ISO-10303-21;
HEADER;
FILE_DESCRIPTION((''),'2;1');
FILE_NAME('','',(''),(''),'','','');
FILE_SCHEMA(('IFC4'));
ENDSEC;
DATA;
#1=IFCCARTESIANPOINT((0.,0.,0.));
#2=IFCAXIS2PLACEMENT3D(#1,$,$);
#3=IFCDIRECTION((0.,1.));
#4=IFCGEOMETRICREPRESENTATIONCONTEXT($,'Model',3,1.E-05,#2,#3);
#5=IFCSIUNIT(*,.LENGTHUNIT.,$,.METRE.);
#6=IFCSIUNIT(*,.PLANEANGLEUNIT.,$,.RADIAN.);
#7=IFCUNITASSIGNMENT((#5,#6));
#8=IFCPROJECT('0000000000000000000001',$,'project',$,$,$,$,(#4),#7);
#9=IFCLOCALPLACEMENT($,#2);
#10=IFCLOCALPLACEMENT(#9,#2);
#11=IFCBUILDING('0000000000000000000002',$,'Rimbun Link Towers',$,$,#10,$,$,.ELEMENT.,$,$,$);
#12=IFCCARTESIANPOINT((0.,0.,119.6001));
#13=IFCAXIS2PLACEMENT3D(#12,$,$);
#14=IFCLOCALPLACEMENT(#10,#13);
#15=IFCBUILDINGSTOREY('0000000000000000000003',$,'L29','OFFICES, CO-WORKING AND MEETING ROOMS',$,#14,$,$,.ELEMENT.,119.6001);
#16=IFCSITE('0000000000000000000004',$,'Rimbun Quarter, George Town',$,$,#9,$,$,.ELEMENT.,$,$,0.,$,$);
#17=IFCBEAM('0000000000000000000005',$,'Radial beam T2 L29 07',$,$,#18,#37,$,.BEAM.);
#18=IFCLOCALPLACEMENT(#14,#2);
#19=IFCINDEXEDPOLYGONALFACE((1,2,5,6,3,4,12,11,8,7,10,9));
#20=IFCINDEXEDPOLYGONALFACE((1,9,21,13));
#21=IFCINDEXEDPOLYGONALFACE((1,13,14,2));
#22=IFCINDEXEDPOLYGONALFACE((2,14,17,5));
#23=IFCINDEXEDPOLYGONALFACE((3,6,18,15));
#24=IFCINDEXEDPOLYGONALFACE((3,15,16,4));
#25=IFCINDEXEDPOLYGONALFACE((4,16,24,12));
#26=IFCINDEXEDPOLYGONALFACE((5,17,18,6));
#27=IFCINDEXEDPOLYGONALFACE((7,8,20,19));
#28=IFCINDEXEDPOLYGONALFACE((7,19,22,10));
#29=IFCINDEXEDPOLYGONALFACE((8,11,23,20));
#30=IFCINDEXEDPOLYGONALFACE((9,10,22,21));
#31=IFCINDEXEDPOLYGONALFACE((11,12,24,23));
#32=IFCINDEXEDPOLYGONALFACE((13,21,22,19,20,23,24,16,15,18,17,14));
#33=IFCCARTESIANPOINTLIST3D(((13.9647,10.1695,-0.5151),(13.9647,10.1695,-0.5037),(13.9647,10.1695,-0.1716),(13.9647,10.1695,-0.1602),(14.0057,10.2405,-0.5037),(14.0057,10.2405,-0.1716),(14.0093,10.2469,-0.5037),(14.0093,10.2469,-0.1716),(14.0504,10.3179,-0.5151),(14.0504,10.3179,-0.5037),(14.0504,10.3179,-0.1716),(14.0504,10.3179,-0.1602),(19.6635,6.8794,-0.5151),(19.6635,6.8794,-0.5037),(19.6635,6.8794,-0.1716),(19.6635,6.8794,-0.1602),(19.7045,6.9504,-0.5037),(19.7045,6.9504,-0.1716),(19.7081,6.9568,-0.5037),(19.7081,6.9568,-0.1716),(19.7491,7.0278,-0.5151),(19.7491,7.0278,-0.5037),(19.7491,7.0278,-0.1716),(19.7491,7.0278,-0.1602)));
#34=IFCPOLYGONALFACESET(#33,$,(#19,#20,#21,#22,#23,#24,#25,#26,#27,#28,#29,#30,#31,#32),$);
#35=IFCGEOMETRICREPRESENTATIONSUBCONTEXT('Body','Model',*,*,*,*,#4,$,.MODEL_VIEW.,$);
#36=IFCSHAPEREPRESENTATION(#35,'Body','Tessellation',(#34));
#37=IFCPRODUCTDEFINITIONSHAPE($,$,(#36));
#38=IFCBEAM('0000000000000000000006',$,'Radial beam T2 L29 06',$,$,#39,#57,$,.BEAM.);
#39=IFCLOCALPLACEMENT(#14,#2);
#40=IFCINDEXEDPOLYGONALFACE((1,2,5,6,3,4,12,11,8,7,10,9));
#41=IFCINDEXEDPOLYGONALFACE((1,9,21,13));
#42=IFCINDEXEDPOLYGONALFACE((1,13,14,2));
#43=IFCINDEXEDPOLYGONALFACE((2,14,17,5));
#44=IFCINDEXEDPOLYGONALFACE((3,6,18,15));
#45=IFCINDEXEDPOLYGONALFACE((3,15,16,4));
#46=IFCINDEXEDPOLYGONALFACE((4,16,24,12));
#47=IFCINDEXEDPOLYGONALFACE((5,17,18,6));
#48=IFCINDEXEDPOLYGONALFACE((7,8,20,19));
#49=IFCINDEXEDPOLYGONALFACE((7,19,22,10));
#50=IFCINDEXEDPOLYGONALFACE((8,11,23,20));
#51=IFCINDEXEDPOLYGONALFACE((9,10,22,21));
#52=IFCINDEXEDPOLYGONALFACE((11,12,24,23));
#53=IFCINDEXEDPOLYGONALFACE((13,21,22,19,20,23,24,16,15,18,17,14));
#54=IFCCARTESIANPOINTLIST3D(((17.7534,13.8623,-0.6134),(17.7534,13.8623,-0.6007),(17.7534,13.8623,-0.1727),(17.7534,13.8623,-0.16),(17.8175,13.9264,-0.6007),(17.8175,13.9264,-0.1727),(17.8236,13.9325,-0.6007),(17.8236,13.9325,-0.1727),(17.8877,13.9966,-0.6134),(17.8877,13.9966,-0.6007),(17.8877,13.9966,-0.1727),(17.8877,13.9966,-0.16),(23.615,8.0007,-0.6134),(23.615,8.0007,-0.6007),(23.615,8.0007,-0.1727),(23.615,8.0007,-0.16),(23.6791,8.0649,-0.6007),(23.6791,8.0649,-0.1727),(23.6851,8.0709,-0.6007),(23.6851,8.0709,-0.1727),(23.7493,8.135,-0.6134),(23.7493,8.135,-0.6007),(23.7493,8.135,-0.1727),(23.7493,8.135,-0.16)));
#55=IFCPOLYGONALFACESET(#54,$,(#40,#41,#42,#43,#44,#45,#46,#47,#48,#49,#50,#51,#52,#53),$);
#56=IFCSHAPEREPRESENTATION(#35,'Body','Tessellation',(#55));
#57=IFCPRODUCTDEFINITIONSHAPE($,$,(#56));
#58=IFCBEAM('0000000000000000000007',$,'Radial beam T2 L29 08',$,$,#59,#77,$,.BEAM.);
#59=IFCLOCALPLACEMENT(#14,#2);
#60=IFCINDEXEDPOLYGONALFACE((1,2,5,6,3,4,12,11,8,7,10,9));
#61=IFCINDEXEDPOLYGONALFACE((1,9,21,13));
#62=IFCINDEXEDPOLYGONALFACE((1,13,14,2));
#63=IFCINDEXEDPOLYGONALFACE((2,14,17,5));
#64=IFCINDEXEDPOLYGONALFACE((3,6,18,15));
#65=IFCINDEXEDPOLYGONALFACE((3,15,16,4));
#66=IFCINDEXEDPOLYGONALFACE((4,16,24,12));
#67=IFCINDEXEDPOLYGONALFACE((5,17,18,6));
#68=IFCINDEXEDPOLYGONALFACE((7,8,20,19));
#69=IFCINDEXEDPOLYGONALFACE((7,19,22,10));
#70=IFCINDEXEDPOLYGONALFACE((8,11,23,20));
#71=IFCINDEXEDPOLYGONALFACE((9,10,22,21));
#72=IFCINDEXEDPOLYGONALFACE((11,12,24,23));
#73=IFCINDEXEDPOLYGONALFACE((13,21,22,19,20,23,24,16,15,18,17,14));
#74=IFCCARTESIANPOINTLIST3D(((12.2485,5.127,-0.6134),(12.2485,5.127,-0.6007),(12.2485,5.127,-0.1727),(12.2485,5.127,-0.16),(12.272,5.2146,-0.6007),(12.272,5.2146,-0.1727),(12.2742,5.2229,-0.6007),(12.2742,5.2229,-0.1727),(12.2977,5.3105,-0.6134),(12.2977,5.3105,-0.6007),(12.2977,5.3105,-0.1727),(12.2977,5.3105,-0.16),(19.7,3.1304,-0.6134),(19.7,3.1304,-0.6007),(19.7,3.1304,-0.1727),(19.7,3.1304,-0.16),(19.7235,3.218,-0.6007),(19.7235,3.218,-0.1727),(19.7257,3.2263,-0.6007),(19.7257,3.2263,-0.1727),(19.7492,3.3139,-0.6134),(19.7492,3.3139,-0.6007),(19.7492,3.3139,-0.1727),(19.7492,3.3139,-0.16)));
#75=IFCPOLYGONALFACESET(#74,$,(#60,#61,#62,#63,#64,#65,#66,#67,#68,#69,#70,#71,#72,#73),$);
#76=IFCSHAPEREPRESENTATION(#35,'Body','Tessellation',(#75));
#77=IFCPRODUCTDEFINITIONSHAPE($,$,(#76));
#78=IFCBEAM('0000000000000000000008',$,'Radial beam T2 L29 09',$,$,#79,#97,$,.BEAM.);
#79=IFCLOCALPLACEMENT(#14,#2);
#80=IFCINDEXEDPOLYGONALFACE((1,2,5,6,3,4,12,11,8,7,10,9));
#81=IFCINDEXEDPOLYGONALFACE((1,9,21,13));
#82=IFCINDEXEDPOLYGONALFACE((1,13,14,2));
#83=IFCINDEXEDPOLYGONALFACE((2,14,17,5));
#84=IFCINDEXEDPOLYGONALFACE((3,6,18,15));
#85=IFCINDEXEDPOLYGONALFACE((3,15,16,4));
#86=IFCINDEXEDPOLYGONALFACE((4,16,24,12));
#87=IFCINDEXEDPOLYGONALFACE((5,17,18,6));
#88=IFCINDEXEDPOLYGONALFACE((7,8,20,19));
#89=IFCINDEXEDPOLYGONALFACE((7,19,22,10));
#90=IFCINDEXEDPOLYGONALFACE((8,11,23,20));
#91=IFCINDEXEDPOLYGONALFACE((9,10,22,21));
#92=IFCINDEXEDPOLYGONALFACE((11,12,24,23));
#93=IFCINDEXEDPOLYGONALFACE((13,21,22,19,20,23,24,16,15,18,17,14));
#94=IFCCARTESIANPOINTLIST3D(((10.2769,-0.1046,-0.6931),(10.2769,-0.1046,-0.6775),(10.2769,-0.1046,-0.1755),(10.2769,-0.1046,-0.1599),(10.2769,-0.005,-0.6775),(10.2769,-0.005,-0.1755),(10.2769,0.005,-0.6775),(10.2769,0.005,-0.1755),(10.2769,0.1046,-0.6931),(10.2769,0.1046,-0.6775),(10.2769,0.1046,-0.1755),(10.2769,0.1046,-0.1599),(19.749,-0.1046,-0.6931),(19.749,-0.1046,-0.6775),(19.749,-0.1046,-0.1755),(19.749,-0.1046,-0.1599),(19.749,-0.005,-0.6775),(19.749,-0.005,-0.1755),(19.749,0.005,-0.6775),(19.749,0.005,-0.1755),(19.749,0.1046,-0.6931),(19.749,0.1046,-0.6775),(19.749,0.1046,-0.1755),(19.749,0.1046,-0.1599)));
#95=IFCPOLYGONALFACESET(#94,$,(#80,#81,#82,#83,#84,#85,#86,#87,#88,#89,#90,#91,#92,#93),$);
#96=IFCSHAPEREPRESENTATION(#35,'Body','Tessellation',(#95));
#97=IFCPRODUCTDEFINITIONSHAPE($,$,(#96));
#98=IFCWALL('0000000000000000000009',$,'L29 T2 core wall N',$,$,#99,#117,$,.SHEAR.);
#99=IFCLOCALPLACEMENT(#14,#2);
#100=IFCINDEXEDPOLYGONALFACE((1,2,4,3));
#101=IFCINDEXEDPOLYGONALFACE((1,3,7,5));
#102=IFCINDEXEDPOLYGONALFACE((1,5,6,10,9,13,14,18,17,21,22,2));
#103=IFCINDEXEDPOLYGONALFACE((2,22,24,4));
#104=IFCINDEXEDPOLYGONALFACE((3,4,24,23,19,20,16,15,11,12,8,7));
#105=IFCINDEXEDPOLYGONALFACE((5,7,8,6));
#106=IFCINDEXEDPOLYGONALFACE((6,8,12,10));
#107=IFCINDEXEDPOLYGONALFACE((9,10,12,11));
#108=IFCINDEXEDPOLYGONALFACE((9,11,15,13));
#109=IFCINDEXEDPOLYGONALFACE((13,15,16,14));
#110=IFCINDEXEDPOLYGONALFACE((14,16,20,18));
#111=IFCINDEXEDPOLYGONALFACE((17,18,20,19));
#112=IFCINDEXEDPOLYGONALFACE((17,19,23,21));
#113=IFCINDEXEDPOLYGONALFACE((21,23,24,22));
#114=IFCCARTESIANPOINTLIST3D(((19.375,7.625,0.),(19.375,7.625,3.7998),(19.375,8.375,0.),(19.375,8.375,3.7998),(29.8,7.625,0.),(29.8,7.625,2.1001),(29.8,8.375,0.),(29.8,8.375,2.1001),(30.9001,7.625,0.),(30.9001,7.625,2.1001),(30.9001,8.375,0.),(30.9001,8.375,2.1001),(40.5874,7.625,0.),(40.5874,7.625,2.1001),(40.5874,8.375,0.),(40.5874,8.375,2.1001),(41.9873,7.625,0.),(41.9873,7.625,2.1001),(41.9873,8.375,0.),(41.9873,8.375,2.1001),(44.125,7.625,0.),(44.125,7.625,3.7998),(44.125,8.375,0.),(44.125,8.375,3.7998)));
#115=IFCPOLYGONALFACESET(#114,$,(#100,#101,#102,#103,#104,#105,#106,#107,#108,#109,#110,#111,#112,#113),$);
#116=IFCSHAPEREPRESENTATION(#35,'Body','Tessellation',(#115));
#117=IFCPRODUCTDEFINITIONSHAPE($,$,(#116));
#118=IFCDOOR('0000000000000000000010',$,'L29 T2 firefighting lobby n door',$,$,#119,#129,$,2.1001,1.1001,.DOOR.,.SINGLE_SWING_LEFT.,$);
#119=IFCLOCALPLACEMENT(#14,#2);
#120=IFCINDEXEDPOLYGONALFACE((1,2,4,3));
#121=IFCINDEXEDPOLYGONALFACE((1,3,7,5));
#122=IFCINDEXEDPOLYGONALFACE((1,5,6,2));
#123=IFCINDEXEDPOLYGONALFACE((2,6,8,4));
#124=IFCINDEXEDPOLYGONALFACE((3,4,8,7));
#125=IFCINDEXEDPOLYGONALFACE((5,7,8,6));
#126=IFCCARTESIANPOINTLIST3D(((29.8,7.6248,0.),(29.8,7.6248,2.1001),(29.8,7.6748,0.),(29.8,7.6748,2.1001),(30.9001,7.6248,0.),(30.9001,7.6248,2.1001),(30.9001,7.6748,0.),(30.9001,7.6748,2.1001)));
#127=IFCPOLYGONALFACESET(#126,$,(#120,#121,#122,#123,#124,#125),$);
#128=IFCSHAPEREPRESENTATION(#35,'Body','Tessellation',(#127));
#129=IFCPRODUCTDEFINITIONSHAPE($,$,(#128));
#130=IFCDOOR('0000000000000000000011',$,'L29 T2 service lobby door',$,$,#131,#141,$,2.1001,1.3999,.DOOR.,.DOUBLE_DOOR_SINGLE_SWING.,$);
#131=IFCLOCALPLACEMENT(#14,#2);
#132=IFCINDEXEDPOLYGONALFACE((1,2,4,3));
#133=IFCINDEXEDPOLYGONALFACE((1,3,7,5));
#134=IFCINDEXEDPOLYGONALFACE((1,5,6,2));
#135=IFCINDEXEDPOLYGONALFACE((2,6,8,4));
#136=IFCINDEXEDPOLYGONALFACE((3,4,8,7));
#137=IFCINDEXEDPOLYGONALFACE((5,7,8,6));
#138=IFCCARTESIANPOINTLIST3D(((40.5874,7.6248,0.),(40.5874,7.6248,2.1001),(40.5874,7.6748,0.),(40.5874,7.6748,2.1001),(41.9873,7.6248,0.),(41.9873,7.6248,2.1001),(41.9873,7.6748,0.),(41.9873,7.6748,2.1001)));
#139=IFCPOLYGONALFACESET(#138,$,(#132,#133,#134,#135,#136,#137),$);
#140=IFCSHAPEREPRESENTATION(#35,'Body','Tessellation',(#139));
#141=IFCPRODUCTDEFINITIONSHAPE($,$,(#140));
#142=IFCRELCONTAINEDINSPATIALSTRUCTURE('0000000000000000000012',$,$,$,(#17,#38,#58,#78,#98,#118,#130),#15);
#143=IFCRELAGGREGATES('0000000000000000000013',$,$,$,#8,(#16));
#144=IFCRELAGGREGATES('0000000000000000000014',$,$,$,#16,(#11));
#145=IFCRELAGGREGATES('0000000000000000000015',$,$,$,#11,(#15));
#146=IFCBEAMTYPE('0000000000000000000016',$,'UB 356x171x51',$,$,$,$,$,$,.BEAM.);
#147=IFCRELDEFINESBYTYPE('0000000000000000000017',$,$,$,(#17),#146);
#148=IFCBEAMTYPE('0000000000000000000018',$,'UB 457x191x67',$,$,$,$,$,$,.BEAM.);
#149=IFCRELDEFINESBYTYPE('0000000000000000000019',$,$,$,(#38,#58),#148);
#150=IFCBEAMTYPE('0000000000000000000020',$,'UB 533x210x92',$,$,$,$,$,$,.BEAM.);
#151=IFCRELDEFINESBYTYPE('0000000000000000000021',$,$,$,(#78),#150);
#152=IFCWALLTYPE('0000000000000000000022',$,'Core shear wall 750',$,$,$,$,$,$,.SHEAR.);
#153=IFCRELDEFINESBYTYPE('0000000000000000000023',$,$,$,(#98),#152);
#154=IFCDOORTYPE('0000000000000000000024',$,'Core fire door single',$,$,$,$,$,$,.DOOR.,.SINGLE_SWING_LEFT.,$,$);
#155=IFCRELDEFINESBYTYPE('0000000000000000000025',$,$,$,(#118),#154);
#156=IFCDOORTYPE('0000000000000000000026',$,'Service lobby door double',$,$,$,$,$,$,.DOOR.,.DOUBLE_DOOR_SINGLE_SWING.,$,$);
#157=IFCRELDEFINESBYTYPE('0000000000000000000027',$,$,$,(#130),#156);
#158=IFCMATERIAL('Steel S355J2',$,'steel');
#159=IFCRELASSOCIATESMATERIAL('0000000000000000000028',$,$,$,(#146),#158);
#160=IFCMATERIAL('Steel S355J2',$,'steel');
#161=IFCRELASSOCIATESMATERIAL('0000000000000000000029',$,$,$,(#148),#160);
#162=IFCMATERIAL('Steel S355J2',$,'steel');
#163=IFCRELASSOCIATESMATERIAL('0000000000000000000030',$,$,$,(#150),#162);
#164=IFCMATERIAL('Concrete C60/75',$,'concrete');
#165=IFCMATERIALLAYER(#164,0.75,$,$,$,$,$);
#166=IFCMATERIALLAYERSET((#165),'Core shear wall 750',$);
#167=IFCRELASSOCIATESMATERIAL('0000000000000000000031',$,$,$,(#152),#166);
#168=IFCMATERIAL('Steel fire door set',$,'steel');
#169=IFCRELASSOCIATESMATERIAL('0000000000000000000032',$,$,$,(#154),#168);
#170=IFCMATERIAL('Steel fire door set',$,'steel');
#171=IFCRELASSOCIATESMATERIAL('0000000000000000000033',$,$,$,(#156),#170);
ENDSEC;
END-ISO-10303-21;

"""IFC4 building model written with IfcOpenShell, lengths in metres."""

from ifc_helpers import new_model, si_unit, direction, frame, frame_2d, origin, origin_2d, place, context, subcontext, project, spatial, rectangle, i_section, extrude, material, layer, layer_set, material_profile, profile_set, type_object, element, fill, save


model = new_model("IFC4")

# Units and contexts
model_context = context("Model", 3, precision=1e-05, world=origin(), true_north=direction((0.0, 1.0)))
body_context = subcontext(model_context, "Body", "Model", "MODEL_VIEW")
ifc_project = project(units=[si_unit("LENGTHUNIT", "METRE"), si_unit("PLANEANGLEUNIT", "RADIAN")], contexts=[model_context])

# Site, building, storey
site_placement = place(None, origin())
site = spatial("IfcSite", under=ifc_project, at=site_placement, Name="Rimbun Quarter, George Town", CompositionType="ELEMENT", RefElevation=0.0)
building_placement = place(site_placement, origin())
building = spatial("IfcBuilding", under=site, at=building_placement, Name="Rimbun Link Towers", CompositionType="ELEMENT")
storey_placement = place(building_placement, frame((0.0, 0.0, 119.6001)))
storey = spatial("IfcBuildingStorey", under=building, at=storey_placement, Name="L29", Description="OFFICES, CO-WORKING AND MEETING ROOMS", CompositionType="ELEMENT", Elevation=119.6001)

# Beams
ifc_material_1 = material(Name="Steel S355J2", Category="steel")
ifc_material_profile_1 = material_profile(ifc_material_1, i_section(OverallWidth=0.1714, OverallDepth=0.355, WebThickness=0.0073, FlangeThickness=0.0115, at=origin_2d()), Name="UB 356x171x51")
ifc_profile_set_1 = profile_set([ifc_material_profile_1], Name="Steel S355J2")
beam_type_1 = type_object("IfcBeamType", Name="UB 356x171x51", PredefinedType="BEAM", material=ifc_profile_set_1)
beam_1_placement = place(storey_placement, frame((19.7063, 6.9536, -0.3376), z_axis=(-0.866034, 0.499986, 0.0), x_axis=(-0.499986, -0.866034, 0.0)))
element("IfcBeam", 1, at=beam_1_placement, inside=storey, type_object=beam_type_1, Name="Radial beam T2 L29 07", PredefinedType="BEAM", context=body_context, shape_type="SweptSolid", body=[
    extrude(i_section(OverallWidth=0.1714, OverallDepth=0.355, WebThickness=0.0073, FlangeThickness=0.0115, at=origin_2d()), origin(), (0.0, 0.0, 1.0), 6.5803),
])
ifc_material_2 = material(Name="Steel S355J2", Category="steel")
ifc_material_profile_2 = material_profile(ifc_material_2, i_section(OverallWidth=0.1899, OverallDepth=0.4534, WebThickness=0.0085, FlangeThickness=0.0127, at=origin_2d()), Name="UB 457x191x67")
ifc_profile_set_2 = profile_set([ifc_material_profile_2], Name="Steel S355J2")
beam_type_2 = type_object("IfcBeamType", Name="UB 457x191x67", PredefinedType="BEAM", material=ifc_profile_set_2)
beam_2_placement = place(storey_placement, frame((23.6821, 8.0679, -0.3867), z_axis=(-0.707107, 0.707107, 0.0), x_axis=(-0.707107, -0.707107, 0.0)))
element("IfcBeam", 2, at=beam_2_placement, inside=storey, type_object=beam_type_2, Name="Radial beam T2 L29 06", PredefinedType="BEAM", context=body_context, shape_type="SweptSolid", body=[
    extrude(i_section(OverallWidth=0.1899, OverallDepth=0.4534, WebThickness=0.0085, FlangeThickness=0.0127, at=origin_2d()), origin(), (0.0, 0.0, 1.0), 8.2896),
])
beam_3_placement = place(storey_placement, frame((19.7246, 3.2222, -0.3867), z_axis=(-0.965926, 0.258817, 0.0), x_axis=(-0.258817, -0.965926, 0.0)))
element("IfcBeam", 3, at=beam_3_placement, inside=storey, type_object=beam_type_2, Name="Radial beam T2 L29 08", PredefinedType="BEAM", context=body_context, shape_type="SweptSolid", body=[
    extrude(i_section(OverallWidth=0.1899, OverallDepth=0.4534, WebThickness=0.0085, FlangeThickness=0.0127, at=origin_2d()), origin(), (0.0, 0.0, 1.0), 7.7144),
])
ifc_material_3 = material(Name="Steel S355J2", Category="steel")
ifc_material_profile_3 = material_profile(ifc_material_3, i_section(OverallWidth=0.2092, OverallDepth=0.5332, WebThickness=0.01, FlangeThickness=0.0156, at=origin_2d()), Name="UB 533x210x92")
ifc_profile_set_3 = profile_set([ifc_material_profile_3], Name="Steel S355J2")
beam_type_3 = type_object("IfcBeamType", Name="UB 533x210x92", PredefinedType="BEAM", material=ifc_profile_set_3)
beam_4_placement = place(storey_placement, frame((19.749, 0.0, -0.4265), z_axis=(-1.0, 0.0, 0.0), x_axis=(0.0, -1.0, 0.0)))
element("IfcBeam", 4, at=beam_4_placement, inside=storey, type_object=beam_type_3, Name="Radial beam T2 L29 09", PredefinedType="BEAM", context=body_context, shape_type="SweptSolid", body=[
    extrude(i_section(OverallWidth=0.2092, OverallDepth=0.5332, WebThickness=0.01, FlangeThickness=0.0156, at=origin_2d()), origin(), (0.0, 0.0, 1.0), 9.4722),
])

# Wall, openings, doors
ifc_material_4 = material(Name="Concrete C60/75", Category="concrete")
ifc_layer_1 = layer(ifc_material_4, 0.75)
ifc_layer_set_1 = layer_set([ifc_layer_1], Name="Core shear wall 750")
wall_type_1 = type_object("IfcWallType", Name="Core shear wall 750", PredefinedType="SHEAR", material=ifc_layer_set_1)
wall_1_placement = place(storey_placement, frame((19.375, 8.0, 0.0), z_axis=(0.0, 0.0, 1.0), x_axis=(1.0, 0.0, 0.0)))
wall_1 = element("IfcWall", 5, at=wall_1_placement, inside=storey, type_object=wall_type_1, Name="L29 T2 core wall N", PredefinedType="SHEAR", context=body_context, shape_type="SweptSolid", body=[
    extrude(rectangle(XDim=24.75, YDim=0.75, at=frame_2d((12.375, 0.0))), origin(), (0.0, 0.0, 1.0), 3.7998),
])
opening_1_placement = place(wall_1_placement, frame((10.425, 0.0, 0.0)))
opening_1 = element("IfcOpeningElement", 6, at=opening_1_placement, cuts=wall_1, PredefinedType="OPENING", context=body_context, shape_type="SweptSolid", body=[
    extrude(rectangle(XDim=1.1001, YDim=2.1001, at=frame_2d((0.55, 1.05))), frame((0.0, 0.385, 0.0), z_axis=(0.0, -1.0, 0.0), x_axis=(1.0, 0.0, 0.0)), (0.0, 0.0, 1.0), 0.77),
])
opening_2_placement = place(wall_1_placement, frame((21.2124, 0.0, 0.0)))
opening_2 = element("IfcOpeningElement", 7, at=opening_2_placement, cuts=wall_1, PredefinedType="OPENING", context=body_context, shape_type="SweptSolid", body=[
    extrude(rectangle(XDim=1.3999, YDim=2.1001, at=frame_2d((0.7, 1.05))), frame((0.0, 0.385, 0.0), z_axis=(0.0, -1.0, 0.0), x_axis=(1.0, 0.0, 0.0)), (0.0, 0.0, 1.0), 0.77),
])
ifc_material_5 = material(Name="Steel fire door set", Category="steel")
door_type_1 = type_object("IfcDoorType", Name="Core fire door single", OperationType="SINGLE_SWING_LEFT", PredefinedType="DOOR", material=ifc_material_5)
door_1_placement = place(opening_1_placement, origin())
door_1 = element("IfcDoor", 8, at=door_1_placement, inside=storey, type_object=door_type_1, Name="L29 T2 firefighting lobby n door", OperationType="SINGLE_SWING_LEFT", OverallHeight=2.1001, OverallWidth=1.1001, PredefinedType="DOOR", context=body_context, shape_type="SweptSolid", body=[
    extrude(rectangle(XDim=1.1001, YDim=2.1001, at=frame_2d((0.55, 1.05))), frame((0.0, -0.3252, 0.0), z_axis=(0.0, -1.0, 0.0), x_axis=(1.0, 0.0, 0.0)), (0.0, 0.0, 1.0), 0.05),
])
fill(opening_1, door_1)
ifc_material_6 = material(Name="Steel fire door set", Category="steel")
door_type_2 = type_object("IfcDoorType", Name="Service lobby door double", OperationType="DOUBLE_DOOR_SINGLE_SWING", PredefinedType="DOOR", material=ifc_material_6)
door_2_placement = place(opening_2_placement, origin())
door_2 = element("IfcDoor", 9, at=door_2_placement, inside=storey, type_object=door_type_2, Name="L29 T2 service lobby door", OperationType="DOUBLE_DOOR_SINGLE_SWING", OverallHeight=2.1001, OverallWidth=1.3999, PredefinedType="DOOR", context=body_context, shape_type="SweptSolid", body=[
    extrude(rectangle(XDim=1.3999, YDim=2.1001, at=frame_2d((0.7, 1.05))), frame((0.0, -0.3252, 0.0), z_axis=(0.0, -1.0, 0.0), x_axis=(1.0, 0.0, 0.0)), (0.0, 0.0, 1.0), 0.05),
])
fill(opening_2, door_2)

save(model, "model.ifc")
